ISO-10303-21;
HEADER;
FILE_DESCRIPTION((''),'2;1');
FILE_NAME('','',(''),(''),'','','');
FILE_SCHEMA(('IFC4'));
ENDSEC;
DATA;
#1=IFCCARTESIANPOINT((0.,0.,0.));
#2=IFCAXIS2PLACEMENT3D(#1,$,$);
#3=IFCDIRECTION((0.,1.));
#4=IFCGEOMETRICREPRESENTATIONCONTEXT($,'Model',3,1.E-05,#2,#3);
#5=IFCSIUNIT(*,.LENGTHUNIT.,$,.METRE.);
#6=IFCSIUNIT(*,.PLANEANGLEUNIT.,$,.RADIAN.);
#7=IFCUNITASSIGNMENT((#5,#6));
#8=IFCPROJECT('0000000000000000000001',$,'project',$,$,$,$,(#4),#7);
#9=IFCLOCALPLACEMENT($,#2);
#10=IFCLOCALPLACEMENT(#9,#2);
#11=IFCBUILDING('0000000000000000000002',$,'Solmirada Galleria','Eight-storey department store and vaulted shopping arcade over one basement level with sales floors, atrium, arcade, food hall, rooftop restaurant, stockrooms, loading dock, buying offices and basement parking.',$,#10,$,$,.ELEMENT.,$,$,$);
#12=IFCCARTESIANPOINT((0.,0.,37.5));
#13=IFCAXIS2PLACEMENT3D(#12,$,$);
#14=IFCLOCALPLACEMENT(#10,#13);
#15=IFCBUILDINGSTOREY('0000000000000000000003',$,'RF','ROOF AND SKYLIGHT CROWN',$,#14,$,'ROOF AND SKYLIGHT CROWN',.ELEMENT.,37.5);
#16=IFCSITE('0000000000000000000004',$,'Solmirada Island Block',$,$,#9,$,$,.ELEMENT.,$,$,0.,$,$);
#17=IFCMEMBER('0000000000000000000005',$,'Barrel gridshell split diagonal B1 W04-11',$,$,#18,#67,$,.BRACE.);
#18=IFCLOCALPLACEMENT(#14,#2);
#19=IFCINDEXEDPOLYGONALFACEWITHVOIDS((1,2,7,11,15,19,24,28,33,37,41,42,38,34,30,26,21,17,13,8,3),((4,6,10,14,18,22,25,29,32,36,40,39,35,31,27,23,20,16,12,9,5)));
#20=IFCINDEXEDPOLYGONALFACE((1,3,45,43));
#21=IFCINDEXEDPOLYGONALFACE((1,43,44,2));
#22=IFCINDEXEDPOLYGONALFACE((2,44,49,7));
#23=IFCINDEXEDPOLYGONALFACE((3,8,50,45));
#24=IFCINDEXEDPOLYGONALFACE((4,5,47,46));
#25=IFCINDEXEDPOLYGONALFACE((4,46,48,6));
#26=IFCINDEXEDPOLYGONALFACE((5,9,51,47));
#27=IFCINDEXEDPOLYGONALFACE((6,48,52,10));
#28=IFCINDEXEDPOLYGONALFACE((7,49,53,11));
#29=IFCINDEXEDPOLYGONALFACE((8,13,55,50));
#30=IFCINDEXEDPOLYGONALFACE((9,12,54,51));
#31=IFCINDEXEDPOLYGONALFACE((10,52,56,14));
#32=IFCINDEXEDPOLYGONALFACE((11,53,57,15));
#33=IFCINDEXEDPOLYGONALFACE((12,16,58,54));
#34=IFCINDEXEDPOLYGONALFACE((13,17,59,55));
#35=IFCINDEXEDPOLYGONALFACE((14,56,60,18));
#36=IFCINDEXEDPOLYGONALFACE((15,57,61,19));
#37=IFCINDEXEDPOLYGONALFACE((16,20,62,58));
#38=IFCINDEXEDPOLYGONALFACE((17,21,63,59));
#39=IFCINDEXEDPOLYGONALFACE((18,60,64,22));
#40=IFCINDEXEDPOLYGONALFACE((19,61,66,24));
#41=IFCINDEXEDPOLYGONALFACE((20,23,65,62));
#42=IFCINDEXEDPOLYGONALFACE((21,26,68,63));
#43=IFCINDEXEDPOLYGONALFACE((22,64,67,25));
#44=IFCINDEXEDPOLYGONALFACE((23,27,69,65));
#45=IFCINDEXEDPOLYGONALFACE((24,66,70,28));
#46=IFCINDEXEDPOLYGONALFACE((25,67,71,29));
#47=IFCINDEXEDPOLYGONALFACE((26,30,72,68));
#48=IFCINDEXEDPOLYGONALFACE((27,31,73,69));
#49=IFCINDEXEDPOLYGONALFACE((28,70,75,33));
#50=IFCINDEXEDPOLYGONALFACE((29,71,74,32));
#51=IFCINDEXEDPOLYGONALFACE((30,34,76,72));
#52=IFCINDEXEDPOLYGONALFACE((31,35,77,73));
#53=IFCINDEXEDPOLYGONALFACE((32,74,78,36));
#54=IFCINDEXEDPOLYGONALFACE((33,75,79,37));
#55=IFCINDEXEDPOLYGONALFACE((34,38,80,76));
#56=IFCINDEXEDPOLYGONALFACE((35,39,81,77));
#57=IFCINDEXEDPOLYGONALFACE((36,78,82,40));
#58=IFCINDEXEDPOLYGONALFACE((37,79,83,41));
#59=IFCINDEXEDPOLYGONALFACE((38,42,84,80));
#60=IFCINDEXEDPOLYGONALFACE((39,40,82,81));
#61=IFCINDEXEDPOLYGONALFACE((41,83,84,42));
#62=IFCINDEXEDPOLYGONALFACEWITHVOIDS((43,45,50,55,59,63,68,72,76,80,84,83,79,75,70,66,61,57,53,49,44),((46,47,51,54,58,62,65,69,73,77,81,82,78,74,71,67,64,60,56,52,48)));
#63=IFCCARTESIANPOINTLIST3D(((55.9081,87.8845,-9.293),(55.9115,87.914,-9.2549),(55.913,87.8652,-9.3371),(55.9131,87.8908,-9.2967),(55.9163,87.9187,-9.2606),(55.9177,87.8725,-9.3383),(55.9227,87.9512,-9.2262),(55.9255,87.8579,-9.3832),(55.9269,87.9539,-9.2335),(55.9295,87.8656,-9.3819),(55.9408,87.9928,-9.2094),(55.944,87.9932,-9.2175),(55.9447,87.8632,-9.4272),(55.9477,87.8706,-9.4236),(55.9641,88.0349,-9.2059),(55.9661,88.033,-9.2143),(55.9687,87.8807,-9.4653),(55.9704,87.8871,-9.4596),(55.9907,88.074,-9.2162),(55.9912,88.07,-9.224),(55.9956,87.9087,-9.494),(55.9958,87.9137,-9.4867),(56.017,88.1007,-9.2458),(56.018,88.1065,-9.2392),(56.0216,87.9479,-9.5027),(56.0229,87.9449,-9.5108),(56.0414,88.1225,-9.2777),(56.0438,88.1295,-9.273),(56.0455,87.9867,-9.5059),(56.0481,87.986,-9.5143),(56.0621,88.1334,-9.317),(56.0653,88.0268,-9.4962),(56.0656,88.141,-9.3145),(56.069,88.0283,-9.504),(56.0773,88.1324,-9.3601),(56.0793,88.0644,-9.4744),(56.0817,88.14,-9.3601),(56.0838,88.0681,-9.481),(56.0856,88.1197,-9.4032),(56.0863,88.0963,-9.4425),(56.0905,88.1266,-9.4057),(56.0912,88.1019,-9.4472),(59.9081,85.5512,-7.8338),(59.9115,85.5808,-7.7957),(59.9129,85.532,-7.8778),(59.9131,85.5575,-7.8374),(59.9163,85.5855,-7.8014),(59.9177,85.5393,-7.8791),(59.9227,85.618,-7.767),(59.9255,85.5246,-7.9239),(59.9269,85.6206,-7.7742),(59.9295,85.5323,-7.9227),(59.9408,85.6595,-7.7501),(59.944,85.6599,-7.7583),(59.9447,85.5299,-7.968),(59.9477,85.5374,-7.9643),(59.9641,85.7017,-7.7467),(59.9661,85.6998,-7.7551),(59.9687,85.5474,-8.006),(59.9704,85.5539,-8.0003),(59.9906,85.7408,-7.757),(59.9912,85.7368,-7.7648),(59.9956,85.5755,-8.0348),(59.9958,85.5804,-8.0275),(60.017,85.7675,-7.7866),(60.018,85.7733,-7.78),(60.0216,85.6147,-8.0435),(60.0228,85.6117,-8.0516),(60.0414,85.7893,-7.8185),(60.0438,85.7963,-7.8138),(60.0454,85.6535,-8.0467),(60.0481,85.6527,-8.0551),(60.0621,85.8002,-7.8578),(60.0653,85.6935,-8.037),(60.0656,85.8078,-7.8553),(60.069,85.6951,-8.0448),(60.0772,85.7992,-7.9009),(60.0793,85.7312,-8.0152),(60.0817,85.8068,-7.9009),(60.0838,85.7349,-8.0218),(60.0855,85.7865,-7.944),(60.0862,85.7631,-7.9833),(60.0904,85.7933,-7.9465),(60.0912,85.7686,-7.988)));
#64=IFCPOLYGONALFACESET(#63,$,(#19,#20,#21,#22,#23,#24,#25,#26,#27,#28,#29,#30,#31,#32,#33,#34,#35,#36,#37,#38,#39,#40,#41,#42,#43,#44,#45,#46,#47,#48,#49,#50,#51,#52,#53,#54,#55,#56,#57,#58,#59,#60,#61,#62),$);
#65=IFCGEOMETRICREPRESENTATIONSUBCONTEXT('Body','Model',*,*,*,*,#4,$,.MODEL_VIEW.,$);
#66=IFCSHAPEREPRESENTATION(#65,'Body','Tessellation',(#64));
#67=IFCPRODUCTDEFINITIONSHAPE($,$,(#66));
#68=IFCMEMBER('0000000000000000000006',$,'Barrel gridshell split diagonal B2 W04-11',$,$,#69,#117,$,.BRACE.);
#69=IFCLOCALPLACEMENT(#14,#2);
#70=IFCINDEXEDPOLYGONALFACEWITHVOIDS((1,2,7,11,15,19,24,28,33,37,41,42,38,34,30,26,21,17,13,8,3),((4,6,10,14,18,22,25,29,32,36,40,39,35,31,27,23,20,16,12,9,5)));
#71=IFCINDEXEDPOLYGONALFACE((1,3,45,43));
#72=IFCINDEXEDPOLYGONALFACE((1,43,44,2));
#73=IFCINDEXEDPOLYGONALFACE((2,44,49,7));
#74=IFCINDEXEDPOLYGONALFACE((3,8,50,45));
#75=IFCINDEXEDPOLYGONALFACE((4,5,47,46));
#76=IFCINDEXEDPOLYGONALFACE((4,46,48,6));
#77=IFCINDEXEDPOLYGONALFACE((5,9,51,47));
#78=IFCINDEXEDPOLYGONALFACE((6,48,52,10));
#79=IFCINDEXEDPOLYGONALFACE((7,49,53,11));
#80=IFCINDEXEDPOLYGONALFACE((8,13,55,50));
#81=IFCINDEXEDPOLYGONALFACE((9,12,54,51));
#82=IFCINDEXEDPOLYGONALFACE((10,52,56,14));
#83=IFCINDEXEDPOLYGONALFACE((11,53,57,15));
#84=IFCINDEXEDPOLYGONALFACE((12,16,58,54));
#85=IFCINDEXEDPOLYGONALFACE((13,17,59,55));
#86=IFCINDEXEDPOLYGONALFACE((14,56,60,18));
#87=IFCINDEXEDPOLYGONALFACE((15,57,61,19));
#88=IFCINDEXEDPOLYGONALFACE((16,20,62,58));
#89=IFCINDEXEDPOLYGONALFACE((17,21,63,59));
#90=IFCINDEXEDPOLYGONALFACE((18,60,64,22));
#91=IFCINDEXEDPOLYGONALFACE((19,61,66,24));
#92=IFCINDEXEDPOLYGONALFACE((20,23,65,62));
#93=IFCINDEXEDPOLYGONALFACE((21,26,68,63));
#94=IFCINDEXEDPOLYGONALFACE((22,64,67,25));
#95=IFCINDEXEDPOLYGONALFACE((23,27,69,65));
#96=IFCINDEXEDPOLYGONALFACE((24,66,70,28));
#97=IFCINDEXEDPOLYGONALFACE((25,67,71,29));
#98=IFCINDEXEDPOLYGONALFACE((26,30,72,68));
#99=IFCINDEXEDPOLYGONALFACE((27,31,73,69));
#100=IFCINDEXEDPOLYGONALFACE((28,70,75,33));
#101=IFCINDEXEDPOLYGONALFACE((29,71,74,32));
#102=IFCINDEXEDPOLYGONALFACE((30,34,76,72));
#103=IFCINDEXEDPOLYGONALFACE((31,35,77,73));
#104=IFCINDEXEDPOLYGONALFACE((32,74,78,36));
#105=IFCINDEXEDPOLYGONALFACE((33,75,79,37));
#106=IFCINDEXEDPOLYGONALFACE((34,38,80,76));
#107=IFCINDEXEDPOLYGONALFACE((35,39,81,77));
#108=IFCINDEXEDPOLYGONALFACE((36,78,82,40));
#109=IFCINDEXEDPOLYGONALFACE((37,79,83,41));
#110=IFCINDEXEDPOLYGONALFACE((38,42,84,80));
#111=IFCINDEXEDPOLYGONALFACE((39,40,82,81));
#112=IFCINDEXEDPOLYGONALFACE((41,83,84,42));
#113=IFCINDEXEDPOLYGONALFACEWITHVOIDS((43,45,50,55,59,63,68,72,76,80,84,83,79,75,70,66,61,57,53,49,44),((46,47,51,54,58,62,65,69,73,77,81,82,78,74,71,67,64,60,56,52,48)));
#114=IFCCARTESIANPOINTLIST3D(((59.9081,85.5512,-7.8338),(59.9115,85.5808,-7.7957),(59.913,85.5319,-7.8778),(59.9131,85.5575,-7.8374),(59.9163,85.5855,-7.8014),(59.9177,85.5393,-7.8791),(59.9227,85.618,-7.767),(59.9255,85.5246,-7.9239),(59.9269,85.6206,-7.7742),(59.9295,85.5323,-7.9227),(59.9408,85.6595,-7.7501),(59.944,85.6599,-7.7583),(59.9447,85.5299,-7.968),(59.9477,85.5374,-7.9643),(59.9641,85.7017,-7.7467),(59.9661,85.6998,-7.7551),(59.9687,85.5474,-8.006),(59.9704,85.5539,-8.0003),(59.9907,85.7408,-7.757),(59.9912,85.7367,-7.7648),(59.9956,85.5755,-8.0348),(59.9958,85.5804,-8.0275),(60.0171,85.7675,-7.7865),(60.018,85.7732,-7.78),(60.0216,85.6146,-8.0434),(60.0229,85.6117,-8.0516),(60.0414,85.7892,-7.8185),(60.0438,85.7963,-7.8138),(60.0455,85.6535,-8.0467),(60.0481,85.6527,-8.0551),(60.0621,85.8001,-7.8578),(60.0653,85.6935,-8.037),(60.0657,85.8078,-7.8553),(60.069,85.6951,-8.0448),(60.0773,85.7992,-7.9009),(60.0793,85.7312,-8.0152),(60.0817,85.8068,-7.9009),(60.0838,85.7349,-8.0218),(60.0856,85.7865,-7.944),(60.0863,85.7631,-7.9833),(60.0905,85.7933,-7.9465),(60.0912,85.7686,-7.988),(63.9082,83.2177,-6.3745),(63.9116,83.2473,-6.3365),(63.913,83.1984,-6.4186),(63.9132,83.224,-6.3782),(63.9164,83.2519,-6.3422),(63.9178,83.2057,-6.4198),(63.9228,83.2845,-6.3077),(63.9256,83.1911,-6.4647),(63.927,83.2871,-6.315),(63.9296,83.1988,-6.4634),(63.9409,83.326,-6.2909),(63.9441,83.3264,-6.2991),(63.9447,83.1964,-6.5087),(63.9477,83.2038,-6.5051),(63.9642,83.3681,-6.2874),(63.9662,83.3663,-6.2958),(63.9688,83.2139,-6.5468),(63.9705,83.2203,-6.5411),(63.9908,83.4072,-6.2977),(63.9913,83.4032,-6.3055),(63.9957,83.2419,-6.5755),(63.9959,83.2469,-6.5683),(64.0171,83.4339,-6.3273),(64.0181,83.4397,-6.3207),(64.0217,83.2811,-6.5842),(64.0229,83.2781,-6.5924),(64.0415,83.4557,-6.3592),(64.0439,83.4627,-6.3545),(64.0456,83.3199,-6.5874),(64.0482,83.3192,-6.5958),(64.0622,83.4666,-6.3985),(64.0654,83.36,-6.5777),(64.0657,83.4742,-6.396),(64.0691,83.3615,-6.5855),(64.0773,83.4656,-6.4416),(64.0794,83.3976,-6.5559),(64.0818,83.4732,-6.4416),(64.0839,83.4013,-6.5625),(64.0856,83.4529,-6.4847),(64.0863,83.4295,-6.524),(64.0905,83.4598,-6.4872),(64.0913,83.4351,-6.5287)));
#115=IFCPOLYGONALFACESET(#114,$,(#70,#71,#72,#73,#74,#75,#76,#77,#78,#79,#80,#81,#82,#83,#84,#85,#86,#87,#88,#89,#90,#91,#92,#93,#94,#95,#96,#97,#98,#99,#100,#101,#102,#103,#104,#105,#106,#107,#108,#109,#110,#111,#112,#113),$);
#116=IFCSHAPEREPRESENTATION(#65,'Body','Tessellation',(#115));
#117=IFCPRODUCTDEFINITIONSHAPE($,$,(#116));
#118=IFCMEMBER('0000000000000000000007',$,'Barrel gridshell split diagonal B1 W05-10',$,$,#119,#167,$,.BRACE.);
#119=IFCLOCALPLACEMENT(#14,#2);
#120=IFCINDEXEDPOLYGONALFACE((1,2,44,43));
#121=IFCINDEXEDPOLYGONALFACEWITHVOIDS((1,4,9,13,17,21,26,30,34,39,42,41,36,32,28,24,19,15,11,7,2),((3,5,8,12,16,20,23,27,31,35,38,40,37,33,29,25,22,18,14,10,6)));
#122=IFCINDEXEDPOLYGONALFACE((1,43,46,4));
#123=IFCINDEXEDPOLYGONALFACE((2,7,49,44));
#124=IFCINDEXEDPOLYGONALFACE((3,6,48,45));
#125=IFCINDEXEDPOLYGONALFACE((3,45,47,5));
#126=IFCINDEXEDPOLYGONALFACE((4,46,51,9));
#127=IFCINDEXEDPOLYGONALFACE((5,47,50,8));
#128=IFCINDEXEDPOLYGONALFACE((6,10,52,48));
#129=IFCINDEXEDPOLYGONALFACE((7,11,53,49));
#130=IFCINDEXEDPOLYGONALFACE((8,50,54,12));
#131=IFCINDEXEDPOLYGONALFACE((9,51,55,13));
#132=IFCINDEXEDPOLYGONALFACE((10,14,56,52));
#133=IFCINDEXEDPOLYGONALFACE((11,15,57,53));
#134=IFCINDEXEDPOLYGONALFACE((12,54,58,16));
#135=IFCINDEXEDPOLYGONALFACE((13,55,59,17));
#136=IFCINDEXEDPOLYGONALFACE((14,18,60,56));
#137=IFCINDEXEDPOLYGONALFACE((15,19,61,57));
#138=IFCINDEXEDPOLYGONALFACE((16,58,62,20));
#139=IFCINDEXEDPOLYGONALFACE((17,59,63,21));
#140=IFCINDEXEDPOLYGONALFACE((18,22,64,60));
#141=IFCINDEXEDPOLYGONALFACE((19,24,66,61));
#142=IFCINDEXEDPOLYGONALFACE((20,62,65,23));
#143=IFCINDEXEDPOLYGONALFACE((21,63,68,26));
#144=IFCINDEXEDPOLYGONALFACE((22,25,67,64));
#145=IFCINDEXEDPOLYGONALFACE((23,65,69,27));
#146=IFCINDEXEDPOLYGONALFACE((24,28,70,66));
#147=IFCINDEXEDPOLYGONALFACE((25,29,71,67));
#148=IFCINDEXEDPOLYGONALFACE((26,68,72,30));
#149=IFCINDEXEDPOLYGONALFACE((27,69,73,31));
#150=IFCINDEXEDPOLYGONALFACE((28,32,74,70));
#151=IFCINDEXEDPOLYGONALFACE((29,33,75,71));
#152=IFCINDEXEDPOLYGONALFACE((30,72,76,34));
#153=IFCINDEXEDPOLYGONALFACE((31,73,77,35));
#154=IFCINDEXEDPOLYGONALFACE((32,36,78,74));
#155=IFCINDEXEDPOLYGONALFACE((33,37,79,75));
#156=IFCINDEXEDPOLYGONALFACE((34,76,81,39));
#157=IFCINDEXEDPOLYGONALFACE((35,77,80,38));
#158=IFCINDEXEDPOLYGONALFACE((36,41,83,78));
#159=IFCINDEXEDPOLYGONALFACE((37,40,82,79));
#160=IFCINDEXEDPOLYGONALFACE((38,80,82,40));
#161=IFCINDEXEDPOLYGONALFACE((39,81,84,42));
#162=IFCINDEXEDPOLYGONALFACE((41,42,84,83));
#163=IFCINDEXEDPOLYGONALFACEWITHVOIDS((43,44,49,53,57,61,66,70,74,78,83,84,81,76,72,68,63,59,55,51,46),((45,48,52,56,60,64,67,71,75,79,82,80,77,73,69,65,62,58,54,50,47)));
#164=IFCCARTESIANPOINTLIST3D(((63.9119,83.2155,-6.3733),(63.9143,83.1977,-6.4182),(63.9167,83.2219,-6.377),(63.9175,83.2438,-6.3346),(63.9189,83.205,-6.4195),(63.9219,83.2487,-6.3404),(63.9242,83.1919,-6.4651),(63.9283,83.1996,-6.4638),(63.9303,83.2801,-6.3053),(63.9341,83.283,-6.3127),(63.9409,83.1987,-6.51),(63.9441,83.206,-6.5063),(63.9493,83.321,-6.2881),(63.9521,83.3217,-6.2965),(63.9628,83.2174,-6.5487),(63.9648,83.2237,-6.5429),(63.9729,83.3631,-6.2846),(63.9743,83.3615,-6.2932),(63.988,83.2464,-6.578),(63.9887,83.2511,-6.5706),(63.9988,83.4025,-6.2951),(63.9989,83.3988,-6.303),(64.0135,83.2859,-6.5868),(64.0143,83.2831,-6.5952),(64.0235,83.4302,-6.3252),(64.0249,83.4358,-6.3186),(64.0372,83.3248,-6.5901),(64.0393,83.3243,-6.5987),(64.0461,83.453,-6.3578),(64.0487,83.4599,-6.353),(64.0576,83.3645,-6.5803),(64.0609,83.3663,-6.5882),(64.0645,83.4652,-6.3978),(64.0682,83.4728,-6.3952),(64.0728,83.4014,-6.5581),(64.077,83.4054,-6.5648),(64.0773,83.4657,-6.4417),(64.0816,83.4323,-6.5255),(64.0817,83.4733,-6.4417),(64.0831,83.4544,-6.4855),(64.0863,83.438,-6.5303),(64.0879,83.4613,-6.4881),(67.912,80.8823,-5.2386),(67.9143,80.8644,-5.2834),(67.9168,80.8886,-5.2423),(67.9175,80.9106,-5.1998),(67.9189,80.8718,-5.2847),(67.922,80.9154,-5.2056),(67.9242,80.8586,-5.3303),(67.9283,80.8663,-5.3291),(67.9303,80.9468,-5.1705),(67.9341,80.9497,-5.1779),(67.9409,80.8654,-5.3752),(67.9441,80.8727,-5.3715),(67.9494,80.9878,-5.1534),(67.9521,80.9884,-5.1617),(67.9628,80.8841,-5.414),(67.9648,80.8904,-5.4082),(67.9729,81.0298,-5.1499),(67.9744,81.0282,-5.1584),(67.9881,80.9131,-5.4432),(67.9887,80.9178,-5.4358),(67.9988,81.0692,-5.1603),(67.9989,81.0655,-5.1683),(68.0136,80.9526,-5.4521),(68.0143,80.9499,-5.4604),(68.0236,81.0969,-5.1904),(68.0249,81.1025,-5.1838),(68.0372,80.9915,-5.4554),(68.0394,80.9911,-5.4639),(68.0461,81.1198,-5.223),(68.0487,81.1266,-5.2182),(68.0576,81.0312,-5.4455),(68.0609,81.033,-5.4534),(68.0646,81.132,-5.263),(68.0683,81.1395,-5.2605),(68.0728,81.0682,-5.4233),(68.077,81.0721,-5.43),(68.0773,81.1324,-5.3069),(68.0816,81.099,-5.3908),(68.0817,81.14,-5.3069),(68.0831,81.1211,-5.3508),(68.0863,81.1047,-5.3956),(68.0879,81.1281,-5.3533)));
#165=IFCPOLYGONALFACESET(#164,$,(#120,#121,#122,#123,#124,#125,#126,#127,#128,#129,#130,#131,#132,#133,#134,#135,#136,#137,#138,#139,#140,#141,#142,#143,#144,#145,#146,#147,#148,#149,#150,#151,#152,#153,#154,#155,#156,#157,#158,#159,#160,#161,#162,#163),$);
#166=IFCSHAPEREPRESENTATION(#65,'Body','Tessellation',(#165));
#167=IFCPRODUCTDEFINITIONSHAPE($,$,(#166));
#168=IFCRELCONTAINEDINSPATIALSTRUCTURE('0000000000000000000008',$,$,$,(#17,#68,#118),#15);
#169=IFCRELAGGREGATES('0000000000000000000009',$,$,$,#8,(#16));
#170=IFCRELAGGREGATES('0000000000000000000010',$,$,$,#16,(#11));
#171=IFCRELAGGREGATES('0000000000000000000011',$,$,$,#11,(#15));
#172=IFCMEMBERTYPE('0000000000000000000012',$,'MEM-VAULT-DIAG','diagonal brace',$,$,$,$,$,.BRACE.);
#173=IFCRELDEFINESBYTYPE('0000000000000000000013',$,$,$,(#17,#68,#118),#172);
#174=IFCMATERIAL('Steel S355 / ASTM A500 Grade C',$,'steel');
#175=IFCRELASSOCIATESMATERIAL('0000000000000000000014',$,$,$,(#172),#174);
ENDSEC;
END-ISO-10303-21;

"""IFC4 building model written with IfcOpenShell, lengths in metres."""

from ifc_helpers import new_model, si_unit, direction, frame, origin, origin_2d, place, context, subcontext, project, spatial, hollow_circle, extrude, material, material_profile, profile_set, type_object, element, save


model = new_model("IFC4")

# Units and contexts
model_context = context("Model", 3, precision=1e-05, world=origin(), true_north=direction((0.0, 1.0)))
body_context = subcontext(model_context, "Body", "Model", "MODEL_VIEW")
ifc_project = project(units=[si_unit("LENGTHUNIT", "METRE"), si_unit("PLANEANGLEUNIT", "RADIAN")], contexts=[model_context])

# Site, building, storey
site_placement = place(None, origin())
site = spatial("IfcSite", under=ifc_project, at=site_placement, Name="Solmirada Island Block", CompositionType="ELEMENT", RefElevation=0.0)
building_placement = place(site_placement, origin())
building = spatial("IfcBuilding", under=site, at=building_placement, Name="Solmirada Galleria", Description="Eight-storey department store and vaulted shopping arcade over one basement level with sales floors, atrium, arcade, food hall, rooftop restaurant, stockrooms, loading dock, buying offices and basement parking.", CompositionType="ELEMENT")
storey_placement = place(building_placement, frame((0.0, 0.0, 37.5)))
storey = spatial("IfcBuildingStorey", under=building, at=storey_placement, Name="RF", Description="ROOF AND SKYLIGHT CROWN", LongName="ROOF AND SKYLIGHT CROWN", CompositionType="ELEMENT", Elevation=37.5)

# Members
ifc_material_1 = material(Name="Steel S355 / ASTM A500 Grade C", Category="steel")
ifc_material_profile_1 = material_profile(ifc_material_1, hollow_circle(Radius=0.1621, WallThickness=0.0088, at=origin_2d()), Name="HSS12.750X0.375")
ifc_profile_set_1 = profile_set([ifc_material_profile_1], Name="Steel S355 / ASTM A500 Grade C")
member_type_1 = type_object("IfcMemberType", Name="MEM-VAULT-DIAG", Description="diagonal brace", PredefinedType="BRACE", material=ifc_profile_set_1)
member_1_placement = place(storey_placement, frame((56.0, 88.0, -9.3601), z_axis=(0.823851, -0.480563, 0.300547), x_axis=(0.503858, 0.863787, 0.0)))
element("IfcMember", 1, at=member_1_placement, inside=storey, type_object=member_type_1, Name="Barrel gridshell split diagonal B1 W04-11", PredefinedType="BRACE", context=body_context, shape_type="SweptSolid", body=[
    extrude(hollow_circle(Radius=0.1621, WallThickness=0.0088, at=origin_2d()), origin(), (0.0, 0.0, 1.0), 4.8552),
])
member_2_placement = place(storey_placement, frame((60.0, 85.6667, -7.9009), z_axis=(0.823831, -0.480602, 0.30054), x_axis=(0.503897, 0.863764, 0.0)))
element("IfcMember", 2, at=member_2_placement, inside=storey, type_object=member_type_1, Name="Barrel gridshell split diagonal B2 W04-11", PredefinedType="BRACE", context=body_context, shape_type="SweptSolid", body=[
    extrude(hollow_circle(Radius=0.1621, WallThickness=0.0088, at=origin_2d()), origin(), (0.0, 0.0, 1.0), 4.8555),
])
member_3_placement = place(storey_placement, frame((64.0, 83.3333, -6.4417), z_axis=(0.838964, -0.489379, 0.238007), x_axis=(0.503858, 0.863787, 0.0)))
element("IfcMember", 3, at=member_3_placement, inside=storey, type_object=member_type_1, Name="Barrel gridshell split diagonal B1 W05-10", PredefinedType="BRACE", context=body_context, shape_type="SweptSolid", body=[
    extrude(hollow_circle(Radius=0.1621, WallThickness=0.0088, at=origin_2d()), origin(), (0.0, 0.0, 1.0), 4.7678),
])

save(model, "model.ifc")
